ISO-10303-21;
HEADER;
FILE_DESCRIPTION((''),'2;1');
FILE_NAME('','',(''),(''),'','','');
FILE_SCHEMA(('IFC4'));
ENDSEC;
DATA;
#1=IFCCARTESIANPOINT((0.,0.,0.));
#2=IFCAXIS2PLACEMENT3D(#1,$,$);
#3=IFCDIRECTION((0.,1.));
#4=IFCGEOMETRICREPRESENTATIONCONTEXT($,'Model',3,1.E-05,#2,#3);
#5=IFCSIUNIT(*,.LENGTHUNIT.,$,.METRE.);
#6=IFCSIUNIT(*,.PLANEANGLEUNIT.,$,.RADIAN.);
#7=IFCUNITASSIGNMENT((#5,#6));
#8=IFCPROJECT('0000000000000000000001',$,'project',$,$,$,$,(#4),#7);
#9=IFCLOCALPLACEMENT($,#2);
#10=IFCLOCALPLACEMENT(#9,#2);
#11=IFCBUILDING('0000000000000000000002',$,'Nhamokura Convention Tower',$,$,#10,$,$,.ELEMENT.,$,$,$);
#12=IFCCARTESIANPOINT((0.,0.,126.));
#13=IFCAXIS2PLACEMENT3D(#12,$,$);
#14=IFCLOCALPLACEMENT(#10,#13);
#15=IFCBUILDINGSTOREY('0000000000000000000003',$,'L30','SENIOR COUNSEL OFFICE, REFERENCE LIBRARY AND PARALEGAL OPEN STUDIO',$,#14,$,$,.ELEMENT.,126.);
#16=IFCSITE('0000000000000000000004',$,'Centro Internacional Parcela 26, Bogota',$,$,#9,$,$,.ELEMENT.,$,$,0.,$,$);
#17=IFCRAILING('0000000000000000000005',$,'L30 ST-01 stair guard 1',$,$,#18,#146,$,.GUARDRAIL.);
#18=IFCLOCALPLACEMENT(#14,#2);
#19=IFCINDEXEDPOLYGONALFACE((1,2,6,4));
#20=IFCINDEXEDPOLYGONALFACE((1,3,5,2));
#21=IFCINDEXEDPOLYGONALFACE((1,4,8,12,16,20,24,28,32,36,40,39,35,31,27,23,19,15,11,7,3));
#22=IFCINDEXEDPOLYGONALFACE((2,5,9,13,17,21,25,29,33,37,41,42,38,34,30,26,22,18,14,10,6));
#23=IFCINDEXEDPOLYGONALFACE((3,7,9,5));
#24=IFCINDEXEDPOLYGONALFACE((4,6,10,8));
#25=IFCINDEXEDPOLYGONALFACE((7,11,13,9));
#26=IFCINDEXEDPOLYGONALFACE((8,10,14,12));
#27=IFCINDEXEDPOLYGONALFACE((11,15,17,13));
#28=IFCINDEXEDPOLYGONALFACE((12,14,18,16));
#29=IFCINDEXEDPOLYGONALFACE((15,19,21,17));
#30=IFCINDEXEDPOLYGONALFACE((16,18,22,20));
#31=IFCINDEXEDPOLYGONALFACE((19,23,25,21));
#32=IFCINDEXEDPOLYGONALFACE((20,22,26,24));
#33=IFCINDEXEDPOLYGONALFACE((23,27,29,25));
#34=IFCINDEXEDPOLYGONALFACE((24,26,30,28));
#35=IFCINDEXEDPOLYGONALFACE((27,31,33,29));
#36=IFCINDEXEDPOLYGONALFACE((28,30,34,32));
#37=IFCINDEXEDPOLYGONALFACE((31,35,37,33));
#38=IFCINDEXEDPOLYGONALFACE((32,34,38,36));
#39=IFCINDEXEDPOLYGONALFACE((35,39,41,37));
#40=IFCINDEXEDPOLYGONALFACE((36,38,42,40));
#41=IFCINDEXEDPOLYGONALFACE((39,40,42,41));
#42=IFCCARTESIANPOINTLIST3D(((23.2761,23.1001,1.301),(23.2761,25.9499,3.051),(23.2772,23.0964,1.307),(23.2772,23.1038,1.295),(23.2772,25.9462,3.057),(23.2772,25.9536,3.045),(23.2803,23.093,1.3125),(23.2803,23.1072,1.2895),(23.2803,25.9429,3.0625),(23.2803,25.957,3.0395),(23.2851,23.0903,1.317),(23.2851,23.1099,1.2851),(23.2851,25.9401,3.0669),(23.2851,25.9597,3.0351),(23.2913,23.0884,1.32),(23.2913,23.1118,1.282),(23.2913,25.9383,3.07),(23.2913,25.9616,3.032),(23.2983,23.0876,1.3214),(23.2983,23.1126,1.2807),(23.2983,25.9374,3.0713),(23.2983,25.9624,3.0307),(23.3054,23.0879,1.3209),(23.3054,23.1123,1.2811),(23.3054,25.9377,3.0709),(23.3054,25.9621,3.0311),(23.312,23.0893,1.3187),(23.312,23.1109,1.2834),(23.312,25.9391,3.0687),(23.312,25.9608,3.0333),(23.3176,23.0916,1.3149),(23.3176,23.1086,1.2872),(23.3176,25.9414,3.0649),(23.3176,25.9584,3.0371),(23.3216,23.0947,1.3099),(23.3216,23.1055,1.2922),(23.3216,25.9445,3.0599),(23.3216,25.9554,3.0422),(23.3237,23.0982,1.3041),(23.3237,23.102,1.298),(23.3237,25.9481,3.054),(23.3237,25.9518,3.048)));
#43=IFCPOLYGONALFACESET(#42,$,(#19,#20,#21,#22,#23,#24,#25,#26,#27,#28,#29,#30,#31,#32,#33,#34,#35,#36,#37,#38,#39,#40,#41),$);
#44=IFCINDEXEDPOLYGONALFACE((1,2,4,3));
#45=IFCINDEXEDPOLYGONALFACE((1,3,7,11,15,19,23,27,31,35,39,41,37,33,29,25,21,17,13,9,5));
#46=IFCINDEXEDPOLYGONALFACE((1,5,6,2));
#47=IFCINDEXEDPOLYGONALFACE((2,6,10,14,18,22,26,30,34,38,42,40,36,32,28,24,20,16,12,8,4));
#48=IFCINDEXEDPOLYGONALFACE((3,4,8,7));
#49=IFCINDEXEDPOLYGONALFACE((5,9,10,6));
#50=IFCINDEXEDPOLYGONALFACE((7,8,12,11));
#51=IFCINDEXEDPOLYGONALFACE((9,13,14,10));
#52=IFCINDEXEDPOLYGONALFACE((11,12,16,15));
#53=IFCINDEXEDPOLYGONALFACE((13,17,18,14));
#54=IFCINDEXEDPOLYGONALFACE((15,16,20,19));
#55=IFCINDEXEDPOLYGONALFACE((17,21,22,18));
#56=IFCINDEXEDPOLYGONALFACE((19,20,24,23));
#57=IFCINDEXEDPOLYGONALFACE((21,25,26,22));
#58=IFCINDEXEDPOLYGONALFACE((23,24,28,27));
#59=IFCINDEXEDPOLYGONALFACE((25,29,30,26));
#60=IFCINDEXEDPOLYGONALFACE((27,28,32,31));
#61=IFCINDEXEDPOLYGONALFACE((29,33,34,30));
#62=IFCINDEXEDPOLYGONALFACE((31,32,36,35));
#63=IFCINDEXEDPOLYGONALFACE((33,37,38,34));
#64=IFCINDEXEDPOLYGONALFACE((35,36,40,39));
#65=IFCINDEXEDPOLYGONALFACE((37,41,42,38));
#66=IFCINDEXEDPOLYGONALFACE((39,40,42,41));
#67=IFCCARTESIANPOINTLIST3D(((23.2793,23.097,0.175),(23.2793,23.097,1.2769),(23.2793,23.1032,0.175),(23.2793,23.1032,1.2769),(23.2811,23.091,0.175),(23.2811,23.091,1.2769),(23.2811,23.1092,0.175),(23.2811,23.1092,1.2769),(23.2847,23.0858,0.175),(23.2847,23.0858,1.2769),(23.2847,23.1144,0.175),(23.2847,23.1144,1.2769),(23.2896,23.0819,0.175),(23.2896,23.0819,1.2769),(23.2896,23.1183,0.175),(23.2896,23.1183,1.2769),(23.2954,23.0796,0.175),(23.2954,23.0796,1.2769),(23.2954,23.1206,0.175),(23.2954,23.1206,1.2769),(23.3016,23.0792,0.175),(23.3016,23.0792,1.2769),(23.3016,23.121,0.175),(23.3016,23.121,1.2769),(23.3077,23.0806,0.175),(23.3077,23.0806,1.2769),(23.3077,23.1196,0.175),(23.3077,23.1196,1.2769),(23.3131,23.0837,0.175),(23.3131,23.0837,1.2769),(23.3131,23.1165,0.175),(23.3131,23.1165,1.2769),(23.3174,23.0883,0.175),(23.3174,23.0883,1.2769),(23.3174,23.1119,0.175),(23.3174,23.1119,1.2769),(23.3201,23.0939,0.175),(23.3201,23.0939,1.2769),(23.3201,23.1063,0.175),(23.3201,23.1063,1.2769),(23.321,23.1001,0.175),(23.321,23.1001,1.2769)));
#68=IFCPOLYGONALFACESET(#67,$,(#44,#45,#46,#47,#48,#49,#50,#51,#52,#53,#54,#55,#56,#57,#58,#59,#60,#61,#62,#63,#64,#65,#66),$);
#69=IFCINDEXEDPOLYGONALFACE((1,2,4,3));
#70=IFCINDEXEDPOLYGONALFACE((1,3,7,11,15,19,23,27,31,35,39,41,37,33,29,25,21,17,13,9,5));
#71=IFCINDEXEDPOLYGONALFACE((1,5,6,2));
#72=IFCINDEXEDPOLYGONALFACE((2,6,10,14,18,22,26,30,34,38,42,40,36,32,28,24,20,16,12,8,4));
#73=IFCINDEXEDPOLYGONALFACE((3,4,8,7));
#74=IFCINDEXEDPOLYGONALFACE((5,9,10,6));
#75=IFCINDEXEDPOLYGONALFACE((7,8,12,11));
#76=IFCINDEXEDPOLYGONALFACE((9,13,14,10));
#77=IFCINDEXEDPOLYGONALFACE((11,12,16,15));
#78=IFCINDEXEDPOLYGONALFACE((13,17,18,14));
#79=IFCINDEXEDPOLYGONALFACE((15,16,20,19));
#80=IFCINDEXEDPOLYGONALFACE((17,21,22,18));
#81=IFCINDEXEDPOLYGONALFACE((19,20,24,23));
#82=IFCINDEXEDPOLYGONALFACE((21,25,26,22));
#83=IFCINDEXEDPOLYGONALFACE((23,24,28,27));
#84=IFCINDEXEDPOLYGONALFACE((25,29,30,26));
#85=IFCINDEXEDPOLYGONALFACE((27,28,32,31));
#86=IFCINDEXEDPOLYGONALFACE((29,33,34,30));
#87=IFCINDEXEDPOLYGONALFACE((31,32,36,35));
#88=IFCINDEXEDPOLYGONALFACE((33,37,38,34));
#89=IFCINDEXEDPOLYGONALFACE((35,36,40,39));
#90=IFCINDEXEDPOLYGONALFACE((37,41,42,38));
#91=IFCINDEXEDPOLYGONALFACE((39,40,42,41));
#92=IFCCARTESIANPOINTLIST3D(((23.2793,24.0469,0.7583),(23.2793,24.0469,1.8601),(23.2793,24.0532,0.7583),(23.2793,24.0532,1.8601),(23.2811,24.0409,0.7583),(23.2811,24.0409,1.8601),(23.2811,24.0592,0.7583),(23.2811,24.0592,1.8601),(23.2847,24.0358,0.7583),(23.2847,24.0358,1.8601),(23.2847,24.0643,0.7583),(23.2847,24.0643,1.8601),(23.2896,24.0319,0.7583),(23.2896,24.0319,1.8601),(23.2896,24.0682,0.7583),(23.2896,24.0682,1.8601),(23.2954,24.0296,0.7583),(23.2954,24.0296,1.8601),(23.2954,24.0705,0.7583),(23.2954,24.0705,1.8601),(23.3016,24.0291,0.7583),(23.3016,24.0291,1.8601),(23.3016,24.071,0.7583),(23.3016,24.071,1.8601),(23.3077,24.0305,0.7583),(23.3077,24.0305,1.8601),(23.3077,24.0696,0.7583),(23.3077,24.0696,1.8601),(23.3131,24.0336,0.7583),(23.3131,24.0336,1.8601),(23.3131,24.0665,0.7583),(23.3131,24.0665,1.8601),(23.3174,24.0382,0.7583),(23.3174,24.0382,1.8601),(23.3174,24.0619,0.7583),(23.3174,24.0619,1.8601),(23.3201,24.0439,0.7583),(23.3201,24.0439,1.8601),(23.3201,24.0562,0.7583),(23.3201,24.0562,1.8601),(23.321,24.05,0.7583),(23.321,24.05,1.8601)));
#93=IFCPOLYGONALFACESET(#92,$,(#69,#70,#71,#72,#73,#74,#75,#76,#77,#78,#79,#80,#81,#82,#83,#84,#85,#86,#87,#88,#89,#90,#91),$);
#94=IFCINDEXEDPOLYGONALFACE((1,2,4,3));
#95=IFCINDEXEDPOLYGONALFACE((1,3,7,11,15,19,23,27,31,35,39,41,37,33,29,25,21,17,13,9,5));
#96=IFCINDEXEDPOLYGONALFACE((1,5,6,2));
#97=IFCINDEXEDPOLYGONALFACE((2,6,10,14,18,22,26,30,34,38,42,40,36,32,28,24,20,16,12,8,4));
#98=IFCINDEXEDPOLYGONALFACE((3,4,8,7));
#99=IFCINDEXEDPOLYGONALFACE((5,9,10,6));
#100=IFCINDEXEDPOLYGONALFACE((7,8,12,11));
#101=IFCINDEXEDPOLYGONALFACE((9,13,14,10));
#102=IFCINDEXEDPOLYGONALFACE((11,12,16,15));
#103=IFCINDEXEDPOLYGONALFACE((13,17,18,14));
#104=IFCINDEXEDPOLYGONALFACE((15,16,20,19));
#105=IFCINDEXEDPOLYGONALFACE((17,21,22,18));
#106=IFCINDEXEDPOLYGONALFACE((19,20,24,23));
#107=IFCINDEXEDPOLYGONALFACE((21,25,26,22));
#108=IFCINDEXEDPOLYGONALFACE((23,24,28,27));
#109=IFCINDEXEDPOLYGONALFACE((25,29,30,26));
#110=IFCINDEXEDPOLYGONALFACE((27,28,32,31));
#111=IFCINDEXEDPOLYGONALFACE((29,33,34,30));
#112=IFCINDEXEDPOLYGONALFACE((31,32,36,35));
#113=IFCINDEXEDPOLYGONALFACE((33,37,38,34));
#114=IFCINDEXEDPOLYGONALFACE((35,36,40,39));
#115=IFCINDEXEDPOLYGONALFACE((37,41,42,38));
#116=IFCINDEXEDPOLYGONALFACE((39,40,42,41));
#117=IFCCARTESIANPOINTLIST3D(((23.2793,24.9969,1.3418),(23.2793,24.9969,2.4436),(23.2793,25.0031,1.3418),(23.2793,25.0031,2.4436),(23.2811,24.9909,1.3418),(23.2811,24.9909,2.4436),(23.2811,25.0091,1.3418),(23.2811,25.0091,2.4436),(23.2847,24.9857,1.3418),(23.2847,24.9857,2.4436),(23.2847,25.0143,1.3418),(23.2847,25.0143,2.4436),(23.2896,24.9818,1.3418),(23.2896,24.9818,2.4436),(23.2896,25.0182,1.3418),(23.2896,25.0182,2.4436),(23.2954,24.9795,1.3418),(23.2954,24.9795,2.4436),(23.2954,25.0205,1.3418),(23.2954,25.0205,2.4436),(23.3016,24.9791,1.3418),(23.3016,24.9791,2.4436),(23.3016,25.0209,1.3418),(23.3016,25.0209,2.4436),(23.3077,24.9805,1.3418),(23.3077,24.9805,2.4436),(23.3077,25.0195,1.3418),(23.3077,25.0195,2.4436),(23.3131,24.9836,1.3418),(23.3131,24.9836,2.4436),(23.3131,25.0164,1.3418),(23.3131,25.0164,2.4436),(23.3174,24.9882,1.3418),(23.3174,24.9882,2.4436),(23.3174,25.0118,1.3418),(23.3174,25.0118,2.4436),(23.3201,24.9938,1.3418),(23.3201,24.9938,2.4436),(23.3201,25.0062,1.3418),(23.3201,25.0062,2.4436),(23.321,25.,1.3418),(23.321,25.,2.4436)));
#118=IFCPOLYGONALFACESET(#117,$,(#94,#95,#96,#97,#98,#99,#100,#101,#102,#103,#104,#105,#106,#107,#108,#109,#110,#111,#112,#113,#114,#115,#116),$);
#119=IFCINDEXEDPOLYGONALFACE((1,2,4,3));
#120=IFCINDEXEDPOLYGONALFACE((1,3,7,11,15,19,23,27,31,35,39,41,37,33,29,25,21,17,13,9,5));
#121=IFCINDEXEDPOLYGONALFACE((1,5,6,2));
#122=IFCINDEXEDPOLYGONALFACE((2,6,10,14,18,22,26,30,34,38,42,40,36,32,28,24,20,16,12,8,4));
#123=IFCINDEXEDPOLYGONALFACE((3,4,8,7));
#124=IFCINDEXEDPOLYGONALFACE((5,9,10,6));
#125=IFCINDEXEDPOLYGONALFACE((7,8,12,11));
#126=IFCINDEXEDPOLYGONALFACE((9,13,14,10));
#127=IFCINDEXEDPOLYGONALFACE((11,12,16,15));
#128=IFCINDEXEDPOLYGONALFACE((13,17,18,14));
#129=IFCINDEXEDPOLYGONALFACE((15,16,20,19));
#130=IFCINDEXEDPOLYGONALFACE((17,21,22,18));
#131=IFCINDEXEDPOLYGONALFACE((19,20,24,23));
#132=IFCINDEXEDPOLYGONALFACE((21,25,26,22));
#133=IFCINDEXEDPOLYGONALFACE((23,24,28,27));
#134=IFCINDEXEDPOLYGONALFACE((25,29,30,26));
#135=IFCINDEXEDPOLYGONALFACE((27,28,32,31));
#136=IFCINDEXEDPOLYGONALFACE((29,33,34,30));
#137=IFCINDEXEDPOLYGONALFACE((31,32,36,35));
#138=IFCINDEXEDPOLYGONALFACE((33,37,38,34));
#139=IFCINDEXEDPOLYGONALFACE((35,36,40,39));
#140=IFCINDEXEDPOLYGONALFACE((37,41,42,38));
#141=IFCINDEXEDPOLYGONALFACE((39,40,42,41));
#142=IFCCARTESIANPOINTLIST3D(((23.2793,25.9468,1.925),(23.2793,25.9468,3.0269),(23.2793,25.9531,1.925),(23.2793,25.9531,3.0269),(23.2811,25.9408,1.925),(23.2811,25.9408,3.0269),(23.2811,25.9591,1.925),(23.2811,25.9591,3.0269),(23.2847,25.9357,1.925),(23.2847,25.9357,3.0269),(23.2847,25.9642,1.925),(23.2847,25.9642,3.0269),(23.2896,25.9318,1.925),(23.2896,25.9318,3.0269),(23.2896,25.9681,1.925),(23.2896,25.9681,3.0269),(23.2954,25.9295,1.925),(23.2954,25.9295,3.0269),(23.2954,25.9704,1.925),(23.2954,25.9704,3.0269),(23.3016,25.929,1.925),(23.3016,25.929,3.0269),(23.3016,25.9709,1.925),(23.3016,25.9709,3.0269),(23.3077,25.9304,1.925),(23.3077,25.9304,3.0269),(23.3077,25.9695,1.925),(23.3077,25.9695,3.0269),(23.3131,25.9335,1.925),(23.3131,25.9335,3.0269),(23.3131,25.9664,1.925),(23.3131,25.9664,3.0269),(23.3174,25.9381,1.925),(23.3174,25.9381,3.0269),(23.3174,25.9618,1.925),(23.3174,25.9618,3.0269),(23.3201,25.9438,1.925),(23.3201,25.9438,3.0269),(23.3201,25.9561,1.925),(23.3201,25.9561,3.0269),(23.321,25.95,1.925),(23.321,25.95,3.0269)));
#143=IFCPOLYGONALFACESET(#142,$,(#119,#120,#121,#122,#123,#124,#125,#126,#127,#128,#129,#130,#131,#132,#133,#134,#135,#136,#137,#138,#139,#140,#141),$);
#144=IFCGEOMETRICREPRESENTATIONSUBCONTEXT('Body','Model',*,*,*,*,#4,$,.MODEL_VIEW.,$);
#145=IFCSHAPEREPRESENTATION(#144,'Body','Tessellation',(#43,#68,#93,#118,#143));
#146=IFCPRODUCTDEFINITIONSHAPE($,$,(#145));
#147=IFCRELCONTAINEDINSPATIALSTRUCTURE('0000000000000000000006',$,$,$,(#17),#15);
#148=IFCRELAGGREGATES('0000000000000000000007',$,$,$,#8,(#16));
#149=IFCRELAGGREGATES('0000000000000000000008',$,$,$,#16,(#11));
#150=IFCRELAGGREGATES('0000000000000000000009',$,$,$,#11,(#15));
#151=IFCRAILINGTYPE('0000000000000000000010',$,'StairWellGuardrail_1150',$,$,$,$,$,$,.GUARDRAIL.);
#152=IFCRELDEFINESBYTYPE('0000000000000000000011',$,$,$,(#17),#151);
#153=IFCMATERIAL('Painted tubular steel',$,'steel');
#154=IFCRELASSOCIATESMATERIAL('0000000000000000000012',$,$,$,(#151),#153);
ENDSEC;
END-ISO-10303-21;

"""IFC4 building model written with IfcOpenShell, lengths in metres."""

from ifc_helpers import new_model, si_unit, direction, frame, origin, origin_2d, place, context, subcontext, project, spatial, circle, extrude, material, type_object, element, save


model = new_model("IFC4")

# Units and contexts
model_context = context("Model", 3, precision=1e-05, world=origin(), true_north=direction((0.0, 1.0)))
body_context = subcontext(model_context, "Body", "Model", "MODEL_VIEW")
ifc_project = project(units=[si_unit("LENGTHUNIT", "METRE"), si_unit("PLANEANGLEUNIT", "RADIAN")], contexts=[model_context])

# Site, building, storey
site_placement = place(None, origin())
site = spatial("IfcSite", under=ifc_project, at=site_placement, Name="Centro Internacional Parcela 26, Bogota", CompositionType="ELEMENT", RefElevation=0.0)
building_placement = place(site_placement, origin())
building = spatial("IfcBuilding", under=site, at=building_placement, Name="Nhamokura Convention Tower", CompositionType="ELEMENT")
storey_placement = place(building_placement, frame((0.0, 0.0, 126.0)))
storey = spatial("IfcBuildingStorey", under=building, at=storey_placement, Name="L30", Description="SENIOR COUNSEL OFFICE, REFERENCE LIBRARY AND PARALEGAL OPEN STUDIO", CompositionType="ELEMENT", Elevation=126.0)

# Railing
ifc_material_1 = material(Name="Painted tubular steel", Category="steel")
railing_type_1 = type_object("IfcRailingType", Name="StairWellGuardrail_1150", PredefinedType="GUARDRAIL", material=ifc_material_1)
railing_1_placement = place(storey_placement, frame((23.3, 23.1001, 0.175)))
element("IfcRailing", 1, at=railing_1_placement, inside=storey, type_object=railing_type_1, Name="L30 ST-01 stair guard 1", PredefinedType="GUARDRAIL", context=body_context, shape_type="SweptSolid", body=[
    extrude(circle(Radius=0.0239, at=origin_2d()), frame((0.0, 0.0, 1.126), z_axis=(0.0, 0.852159, 0.523283), x_axis=(-1.0, 0.0, 0.0)), (0.0, 0.0, 1.0), 3.3442),
    extrude(circle(Radius=0.021, at=origin_2d()), origin(), (0.0, 0.0, 1.0), 1.1018),
    extrude(circle(Radius=0.021, at=origin_2d()), frame((0.0, 0.95, 0.5833)), (0.0, 0.0, 1.0), 1.1018),
    extrude(circle(Radius=0.021, at=origin_2d()), frame((0.0, 1.8999, 1.1667)), (0.0, 0.0, 1.0), 1.1018),
    extrude(circle(Radius=0.021, at=origin_2d()), frame((0.0, 2.8499, 1.75)), (0.0, 0.0, 1.0), 1.1018),
])

save(model, "model.ifc")
